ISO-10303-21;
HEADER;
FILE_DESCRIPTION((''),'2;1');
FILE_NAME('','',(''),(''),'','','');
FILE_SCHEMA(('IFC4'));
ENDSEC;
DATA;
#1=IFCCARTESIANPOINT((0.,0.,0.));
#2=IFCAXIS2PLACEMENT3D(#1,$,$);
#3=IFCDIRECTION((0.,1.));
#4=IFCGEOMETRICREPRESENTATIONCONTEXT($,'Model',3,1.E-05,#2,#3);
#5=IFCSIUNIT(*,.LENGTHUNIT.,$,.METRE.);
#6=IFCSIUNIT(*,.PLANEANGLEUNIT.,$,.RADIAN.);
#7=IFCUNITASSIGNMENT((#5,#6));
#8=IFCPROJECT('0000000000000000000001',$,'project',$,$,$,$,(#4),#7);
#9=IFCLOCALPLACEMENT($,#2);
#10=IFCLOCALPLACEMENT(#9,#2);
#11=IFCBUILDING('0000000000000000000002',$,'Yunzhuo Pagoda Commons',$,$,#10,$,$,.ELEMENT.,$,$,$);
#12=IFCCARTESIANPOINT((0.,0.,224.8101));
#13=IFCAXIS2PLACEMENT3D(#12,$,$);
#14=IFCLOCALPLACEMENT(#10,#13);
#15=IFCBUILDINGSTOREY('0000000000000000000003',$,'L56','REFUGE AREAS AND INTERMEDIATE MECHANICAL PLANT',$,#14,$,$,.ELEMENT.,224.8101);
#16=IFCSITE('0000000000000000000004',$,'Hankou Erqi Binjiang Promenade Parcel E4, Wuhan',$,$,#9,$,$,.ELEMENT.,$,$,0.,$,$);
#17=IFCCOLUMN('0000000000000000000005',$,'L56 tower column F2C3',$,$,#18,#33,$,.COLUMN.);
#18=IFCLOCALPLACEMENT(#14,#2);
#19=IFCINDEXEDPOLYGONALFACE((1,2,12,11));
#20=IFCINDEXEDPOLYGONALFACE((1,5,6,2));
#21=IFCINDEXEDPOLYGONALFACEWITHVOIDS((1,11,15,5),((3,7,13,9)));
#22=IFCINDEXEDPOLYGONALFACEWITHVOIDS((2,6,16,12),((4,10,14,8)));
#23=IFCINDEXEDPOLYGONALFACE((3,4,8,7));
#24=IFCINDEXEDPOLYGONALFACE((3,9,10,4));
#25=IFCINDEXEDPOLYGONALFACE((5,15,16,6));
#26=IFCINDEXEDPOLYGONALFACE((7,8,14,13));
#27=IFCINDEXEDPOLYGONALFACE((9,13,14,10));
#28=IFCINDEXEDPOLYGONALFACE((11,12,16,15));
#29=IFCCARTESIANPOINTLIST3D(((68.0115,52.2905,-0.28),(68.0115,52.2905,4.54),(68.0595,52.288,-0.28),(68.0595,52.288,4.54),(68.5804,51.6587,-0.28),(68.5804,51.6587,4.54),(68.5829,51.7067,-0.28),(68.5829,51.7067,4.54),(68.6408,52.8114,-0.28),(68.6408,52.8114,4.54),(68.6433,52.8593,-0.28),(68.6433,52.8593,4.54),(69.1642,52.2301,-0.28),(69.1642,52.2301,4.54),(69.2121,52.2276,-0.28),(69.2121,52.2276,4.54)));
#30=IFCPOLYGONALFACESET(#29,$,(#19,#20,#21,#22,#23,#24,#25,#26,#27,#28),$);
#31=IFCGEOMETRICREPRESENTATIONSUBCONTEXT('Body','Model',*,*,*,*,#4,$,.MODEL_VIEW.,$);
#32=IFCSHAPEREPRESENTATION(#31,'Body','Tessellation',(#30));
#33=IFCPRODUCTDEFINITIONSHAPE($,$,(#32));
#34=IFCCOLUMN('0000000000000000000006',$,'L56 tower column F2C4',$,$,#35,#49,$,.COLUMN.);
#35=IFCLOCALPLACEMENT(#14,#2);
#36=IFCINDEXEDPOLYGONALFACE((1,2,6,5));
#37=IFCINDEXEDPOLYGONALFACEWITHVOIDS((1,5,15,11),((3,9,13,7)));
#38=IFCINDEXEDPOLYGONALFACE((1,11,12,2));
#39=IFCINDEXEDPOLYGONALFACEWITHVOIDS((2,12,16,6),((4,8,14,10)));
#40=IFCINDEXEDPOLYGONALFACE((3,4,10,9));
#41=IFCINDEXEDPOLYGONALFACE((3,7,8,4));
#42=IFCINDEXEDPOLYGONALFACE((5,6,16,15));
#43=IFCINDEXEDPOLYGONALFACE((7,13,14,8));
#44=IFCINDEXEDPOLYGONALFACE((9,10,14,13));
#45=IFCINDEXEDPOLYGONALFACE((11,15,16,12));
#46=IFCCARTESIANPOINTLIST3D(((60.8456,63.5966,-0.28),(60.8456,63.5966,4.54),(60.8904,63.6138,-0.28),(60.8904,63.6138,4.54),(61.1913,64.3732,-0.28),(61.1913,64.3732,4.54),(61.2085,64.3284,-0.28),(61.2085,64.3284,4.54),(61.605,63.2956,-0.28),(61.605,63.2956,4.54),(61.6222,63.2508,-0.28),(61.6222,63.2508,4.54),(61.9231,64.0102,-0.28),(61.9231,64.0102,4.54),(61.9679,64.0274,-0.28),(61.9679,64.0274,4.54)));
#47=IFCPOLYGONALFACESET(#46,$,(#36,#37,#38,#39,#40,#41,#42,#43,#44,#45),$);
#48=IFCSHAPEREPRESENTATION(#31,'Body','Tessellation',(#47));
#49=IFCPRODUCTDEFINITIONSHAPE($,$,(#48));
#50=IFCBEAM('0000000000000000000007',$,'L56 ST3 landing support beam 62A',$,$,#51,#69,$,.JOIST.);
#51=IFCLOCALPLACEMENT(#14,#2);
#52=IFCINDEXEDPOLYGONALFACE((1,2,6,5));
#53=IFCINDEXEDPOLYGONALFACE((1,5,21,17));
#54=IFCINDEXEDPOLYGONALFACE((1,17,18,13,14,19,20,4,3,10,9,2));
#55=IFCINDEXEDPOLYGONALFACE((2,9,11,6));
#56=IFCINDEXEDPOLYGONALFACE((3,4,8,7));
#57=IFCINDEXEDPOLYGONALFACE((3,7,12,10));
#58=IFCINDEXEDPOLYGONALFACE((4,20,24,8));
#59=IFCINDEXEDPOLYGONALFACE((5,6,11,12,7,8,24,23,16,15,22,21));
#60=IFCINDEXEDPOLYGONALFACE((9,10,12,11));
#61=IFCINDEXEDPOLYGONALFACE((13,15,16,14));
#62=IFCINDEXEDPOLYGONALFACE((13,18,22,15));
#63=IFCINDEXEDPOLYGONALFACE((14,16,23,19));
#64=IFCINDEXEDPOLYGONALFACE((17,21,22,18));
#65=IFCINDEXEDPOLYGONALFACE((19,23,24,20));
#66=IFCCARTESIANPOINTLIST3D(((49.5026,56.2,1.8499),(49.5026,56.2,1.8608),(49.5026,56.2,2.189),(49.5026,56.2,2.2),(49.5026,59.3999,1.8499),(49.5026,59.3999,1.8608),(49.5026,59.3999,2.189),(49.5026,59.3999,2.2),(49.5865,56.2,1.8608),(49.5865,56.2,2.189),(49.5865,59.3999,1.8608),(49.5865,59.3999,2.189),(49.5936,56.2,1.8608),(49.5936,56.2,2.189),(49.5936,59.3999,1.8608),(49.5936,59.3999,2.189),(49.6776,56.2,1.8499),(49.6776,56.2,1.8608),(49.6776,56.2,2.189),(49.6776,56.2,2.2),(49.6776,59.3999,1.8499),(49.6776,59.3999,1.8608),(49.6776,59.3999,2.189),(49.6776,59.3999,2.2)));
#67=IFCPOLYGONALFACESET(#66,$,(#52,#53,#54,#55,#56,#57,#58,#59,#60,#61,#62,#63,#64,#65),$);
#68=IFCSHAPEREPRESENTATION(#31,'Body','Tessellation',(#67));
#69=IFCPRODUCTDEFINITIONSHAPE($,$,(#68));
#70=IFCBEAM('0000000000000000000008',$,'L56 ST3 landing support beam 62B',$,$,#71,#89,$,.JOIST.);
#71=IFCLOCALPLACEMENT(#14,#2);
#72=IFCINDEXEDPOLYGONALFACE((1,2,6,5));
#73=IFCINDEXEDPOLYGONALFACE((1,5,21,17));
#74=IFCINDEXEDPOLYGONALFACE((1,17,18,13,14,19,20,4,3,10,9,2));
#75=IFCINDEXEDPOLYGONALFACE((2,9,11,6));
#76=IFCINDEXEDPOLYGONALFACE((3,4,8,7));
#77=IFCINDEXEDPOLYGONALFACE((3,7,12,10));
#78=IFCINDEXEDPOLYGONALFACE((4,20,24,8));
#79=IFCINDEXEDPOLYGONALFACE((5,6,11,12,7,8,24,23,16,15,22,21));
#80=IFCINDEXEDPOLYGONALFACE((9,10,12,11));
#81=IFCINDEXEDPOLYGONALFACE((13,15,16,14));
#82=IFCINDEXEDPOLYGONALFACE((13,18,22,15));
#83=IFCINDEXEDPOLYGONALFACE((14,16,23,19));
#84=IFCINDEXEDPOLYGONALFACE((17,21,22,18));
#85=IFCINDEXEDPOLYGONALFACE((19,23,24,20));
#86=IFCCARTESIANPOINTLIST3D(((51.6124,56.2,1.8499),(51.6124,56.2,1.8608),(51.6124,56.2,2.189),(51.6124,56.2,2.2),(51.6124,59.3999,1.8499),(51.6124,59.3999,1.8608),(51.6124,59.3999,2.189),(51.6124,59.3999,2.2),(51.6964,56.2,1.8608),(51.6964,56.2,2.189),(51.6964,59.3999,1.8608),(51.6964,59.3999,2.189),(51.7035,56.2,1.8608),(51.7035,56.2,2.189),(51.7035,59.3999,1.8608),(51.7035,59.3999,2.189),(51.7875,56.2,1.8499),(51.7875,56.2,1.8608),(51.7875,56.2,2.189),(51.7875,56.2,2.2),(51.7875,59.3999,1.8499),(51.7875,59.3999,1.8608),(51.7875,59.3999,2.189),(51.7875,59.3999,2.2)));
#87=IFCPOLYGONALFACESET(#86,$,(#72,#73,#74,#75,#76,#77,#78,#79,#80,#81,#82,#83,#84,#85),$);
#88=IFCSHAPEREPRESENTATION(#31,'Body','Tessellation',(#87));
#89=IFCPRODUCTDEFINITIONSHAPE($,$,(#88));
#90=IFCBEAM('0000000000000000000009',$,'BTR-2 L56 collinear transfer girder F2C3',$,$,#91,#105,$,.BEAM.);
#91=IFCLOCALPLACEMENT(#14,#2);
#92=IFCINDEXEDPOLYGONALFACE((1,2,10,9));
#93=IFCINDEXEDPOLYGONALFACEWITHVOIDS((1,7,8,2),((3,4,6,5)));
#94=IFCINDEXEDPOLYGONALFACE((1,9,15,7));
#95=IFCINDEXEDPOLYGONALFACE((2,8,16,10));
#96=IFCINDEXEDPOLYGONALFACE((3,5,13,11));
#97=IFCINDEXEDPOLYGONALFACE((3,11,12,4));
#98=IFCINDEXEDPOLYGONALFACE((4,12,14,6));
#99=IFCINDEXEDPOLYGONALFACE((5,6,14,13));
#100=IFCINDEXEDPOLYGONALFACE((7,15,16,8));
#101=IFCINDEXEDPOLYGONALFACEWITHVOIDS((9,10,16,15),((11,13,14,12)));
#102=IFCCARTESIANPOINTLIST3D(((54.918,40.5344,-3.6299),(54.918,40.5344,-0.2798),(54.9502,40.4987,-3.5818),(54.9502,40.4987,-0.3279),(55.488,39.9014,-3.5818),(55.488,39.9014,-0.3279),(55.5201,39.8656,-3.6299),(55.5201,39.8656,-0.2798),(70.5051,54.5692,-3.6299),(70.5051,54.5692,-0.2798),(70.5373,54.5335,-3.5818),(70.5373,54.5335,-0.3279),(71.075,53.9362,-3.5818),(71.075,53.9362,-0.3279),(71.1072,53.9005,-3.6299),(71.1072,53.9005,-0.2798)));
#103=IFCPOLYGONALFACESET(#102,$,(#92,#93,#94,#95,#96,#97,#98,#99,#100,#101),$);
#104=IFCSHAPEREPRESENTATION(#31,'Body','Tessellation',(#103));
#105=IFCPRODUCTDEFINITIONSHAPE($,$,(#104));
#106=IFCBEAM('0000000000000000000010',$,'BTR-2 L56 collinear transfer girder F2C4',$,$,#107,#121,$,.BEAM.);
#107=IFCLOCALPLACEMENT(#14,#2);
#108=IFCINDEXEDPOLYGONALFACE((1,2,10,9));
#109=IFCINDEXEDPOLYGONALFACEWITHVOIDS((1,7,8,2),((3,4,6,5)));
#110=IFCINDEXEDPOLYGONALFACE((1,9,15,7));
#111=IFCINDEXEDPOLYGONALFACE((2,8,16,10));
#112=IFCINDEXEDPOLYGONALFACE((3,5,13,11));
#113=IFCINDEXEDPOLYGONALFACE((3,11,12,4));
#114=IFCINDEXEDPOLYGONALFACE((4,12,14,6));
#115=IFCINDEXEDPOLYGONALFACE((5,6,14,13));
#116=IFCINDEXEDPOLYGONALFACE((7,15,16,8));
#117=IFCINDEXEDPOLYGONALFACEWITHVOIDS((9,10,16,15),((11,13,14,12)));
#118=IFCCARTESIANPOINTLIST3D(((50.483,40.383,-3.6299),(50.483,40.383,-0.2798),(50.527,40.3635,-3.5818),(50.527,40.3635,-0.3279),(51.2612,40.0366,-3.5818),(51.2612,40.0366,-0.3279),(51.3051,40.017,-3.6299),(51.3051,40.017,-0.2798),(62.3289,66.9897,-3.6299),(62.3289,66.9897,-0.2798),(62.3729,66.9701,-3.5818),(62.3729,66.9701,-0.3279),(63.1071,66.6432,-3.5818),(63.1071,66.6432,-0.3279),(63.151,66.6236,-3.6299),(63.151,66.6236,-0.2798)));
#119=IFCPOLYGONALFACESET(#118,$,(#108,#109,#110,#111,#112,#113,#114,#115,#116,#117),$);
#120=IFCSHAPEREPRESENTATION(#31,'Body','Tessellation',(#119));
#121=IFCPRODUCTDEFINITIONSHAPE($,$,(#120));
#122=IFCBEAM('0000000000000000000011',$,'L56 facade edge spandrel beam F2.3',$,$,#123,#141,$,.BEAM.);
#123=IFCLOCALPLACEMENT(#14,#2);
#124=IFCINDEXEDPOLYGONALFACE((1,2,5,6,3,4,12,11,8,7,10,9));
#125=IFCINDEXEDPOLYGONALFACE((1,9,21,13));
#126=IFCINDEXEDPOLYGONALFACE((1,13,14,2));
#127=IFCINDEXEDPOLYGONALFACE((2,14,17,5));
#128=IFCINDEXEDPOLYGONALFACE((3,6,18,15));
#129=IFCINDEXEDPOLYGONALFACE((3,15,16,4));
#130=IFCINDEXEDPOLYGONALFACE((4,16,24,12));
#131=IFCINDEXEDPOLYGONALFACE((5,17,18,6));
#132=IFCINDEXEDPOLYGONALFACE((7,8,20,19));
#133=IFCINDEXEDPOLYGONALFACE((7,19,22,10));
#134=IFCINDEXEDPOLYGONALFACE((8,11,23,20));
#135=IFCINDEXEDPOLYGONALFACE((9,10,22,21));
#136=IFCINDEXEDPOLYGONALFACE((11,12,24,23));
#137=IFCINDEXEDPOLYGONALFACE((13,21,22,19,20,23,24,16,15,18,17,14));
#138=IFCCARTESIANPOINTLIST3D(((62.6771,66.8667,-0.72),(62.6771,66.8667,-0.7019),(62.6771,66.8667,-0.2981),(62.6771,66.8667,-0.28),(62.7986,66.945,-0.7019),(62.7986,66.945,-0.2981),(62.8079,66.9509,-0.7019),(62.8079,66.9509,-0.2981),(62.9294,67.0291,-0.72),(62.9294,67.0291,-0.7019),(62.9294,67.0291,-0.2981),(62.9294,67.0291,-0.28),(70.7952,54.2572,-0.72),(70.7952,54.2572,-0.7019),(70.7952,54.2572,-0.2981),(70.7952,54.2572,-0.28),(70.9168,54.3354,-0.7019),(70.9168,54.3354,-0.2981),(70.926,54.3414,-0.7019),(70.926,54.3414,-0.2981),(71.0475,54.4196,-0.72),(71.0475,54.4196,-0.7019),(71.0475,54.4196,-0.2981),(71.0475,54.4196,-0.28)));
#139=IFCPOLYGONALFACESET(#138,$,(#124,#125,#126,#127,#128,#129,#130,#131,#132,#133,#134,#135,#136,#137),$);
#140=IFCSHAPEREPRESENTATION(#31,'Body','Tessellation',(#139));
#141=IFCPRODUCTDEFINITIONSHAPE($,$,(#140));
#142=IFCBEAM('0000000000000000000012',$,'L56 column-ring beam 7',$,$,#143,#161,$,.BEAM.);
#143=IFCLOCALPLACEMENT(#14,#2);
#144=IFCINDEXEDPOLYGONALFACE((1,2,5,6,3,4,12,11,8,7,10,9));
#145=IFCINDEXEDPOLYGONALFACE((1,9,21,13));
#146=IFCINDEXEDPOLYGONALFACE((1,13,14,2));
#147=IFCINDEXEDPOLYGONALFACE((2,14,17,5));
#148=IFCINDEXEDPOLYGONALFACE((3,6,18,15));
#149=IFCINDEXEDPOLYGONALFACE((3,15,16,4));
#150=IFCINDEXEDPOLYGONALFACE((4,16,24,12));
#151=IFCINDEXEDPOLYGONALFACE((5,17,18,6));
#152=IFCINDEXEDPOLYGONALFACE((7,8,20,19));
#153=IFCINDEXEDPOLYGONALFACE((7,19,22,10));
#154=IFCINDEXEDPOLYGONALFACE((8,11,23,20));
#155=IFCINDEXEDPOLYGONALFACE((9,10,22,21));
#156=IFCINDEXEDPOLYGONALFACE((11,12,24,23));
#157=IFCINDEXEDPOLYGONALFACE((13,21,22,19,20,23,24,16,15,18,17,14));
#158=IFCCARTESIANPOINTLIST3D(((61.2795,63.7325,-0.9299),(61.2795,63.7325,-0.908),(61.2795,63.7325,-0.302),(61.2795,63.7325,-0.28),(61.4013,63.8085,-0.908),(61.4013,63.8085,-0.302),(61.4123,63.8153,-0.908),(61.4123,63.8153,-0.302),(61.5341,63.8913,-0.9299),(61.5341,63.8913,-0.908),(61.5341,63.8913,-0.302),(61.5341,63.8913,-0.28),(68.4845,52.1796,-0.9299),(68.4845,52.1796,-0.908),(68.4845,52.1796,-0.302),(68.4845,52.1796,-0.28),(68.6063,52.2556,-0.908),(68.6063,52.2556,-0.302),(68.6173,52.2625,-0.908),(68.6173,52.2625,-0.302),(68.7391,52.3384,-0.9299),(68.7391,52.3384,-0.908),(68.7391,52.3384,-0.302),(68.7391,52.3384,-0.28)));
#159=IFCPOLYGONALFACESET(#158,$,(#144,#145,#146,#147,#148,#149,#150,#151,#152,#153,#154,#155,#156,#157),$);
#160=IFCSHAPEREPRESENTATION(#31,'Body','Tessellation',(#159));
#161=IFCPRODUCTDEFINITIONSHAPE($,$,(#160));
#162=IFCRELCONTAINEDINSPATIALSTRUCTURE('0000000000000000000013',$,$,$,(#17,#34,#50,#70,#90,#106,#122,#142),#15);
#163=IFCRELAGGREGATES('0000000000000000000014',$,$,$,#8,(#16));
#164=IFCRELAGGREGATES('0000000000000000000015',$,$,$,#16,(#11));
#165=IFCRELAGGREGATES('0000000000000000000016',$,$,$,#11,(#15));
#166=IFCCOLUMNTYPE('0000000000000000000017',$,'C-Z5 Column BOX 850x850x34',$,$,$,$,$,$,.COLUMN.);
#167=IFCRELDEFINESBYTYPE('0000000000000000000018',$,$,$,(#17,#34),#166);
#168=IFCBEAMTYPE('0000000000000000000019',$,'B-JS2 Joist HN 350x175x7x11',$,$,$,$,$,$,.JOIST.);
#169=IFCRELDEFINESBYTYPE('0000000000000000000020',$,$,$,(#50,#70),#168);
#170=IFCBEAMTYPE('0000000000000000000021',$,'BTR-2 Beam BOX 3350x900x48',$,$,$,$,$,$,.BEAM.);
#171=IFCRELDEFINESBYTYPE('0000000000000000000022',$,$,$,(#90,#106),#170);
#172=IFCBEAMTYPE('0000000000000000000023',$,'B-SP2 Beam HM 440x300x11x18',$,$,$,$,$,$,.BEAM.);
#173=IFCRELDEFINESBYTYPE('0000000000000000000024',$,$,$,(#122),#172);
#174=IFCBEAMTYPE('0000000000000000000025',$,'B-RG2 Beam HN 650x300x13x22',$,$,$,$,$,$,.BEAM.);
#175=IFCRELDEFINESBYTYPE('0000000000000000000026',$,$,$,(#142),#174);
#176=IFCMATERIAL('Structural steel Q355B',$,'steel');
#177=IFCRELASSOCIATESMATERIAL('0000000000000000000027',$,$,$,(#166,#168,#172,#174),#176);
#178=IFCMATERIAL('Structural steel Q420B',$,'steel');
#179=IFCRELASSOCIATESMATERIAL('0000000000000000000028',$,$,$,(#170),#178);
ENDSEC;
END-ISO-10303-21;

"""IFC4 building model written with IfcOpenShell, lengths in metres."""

from ifc_helpers import new_model, si_unit, direction, frame, origin, origin_2d, place, context, subcontext, project, spatial, hollow_rectangle, i_section, extrude, source, transform, mapped, material, material_profile, profile_set, type_object, element, save


model = new_model("IFC4")

# Units and contexts
model_context = context("Model", 3, precision=1e-05, world=origin(), true_north=direction((0.0, 1.0)))
body_context = subcontext(model_context, "Body", "Model", "MODEL_VIEW")
ifc_project = project(units=[si_unit("LENGTHUNIT", "METRE"), si_unit("PLANEANGLEUNIT", "RADIAN")], contexts=[model_context])

# Site, building, storey
site_placement = place(None, origin())
site = spatial("IfcSite", under=ifc_project, at=site_placement, Name="Hankou Erqi Binjiang Promenade Parcel E4, Wuhan", CompositionType="ELEMENT", RefElevation=0.0)
building_placement = place(site_placement, origin())
building = spatial("IfcBuilding", under=site, at=building_placement, Name="Yunzhuo Pagoda Commons", CompositionType="ELEMENT")
storey_placement = place(building_placement, frame((0.0, 0.0, 224.8101)))
storey = spatial("IfcBuildingStorey", under=building, at=storey_placement, Name="L56", Description="REFUGE AREAS AND INTERMEDIATE MECHANICAL PLANT", CompositionType="ELEMENT", Elevation=224.8101)

# Columns
ifc_material_1 = material(Name="Structural steel Q355B", Category="steel")
ifc_material_profile_1 = material_profile(ifc_material_1, hollow_rectangle(XDim=0.8501, YDim=0.8501, WallThickness=0.0339, at=origin_2d()), Name="Structural steel Q355B")
ifc_profile_set_1 = profile_set([ifc_material_profile_1], Name="Structural steel Q355B")
column_type = type_object("IfcColumnType", Name="C-Z5 Column BOX 850x850x34", PredefinedType="COLUMN", material=ifc_profile_set_1)
shared_shape_1 = source(origin(), body_context, "Body", "SweptSolid", [
    extrude(hollow_rectangle(XDim=0.8501, YDim=0.8501, WallThickness=0.0339, at=origin_2d()), origin(), (0.0, 0.0, 1.0), 4.8201),
])
for number, where, z_axis, x_axis, name in (
    (1, (68.6118, 52.259, -0.28), (0.0, 0.0, 1.0), (-0.669131, 0.743145, 0.0), "L56 tower column F2C3"),
    (2, (61.4067, 63.812, -0.28), (0.0, 0.0, 1.0), (-0.913545, 0.406737, 0.0), "L56 tower column F2C4"),
):
    element("IfcColumn", number, at=place(storey_placement, frame(where, z_axis=z_axis, x_axis=x_axis)), inside=storey, type_object=column_type, Name=name, PredefinedType="COLUMN", context=body_context, shape_type="MappedRepresentation", body=[
        mapped(shared_shape_1, transform((0.0, 0.0, 0.0), scale=1.0)),
    ])

# Beams
ifc_material_profile_2 = material_profile(ifc_material_1, i_section(OverallWidth=0.175, OverallDepth=0.3501, WebThickness=0.0071, FlangeThickness=0.011, at=origin_2d()), Name="Structural steel Q355B")
ifc_profile_set_2 = profile_set([ifc_material_profile_2], Name="Structural steel Q355B")
beam_type_1 = type_object("IfcBeamType", Name="B-JS2 Joist HN 350x175x7x11", PredefinedType="JOIST", material=ifc_profile_set_2)
shared_shape_2 = source(origin(), body_context, "Body", "SweptSolid", [
    extrude(i_section(OverallWidth=0.175, OverallDepth=0.3501, WebThickness=0.0071, FlangeThickness=0.011, at=origin_2d()), origin(), (0.0, 0.0, 1.0), 3.2),
])
for number, where, z_axis, x_axis, name in (
    (3, (49.5901, 56.2, 2.0249), (0.0, 1.0, 0.0), (-1.0, 0.0, 0.0), "L56 ST3 landing support beam 62A"),
    (4, (51.7, 56.2, 2.0249), (0.0, 1.0, 0.0), (-1.0, 0.0, 0.0), "L56 ST3 landing support beam 62B"),
):
    element("IfcBeam", number, at=place(storey_placement, frame(where, z_axis=z_axis, x_axis=x_axis)), inside=storey, type_object=beam_type_1, Name=name, PredefinedType="JOIST", context=body_context, shape_type="MappedRepresentation", body=[
        mapped(shared_shape_2, transform((0.0, 0.0, 0.0), scale=1.0)),
    ])
ifc_material_2 = material(Name="Structural steel Q420B", Category="steel")
ifc_material_profile_3 = material_profile(ifc_material_2, hollow_rectangle(XDim=0.8999, YDim=3.3501, WallThickness=0.0481, at=origin_2d()), Name="Structural steel Q420B")
ifc_profile_set_3 = profile_set([ifc_material_profile_3], Name="Structural steel Q420B")
beam_type_2 = type_object("IfcBeamType", Name="BTR-2 Beam BOX 3350x900x48", PredefinedType="BEAM", material=ifc_profile_set_3)
shared_shape_3 = source(origin(), body_context, "Body", "SweptSolid", [
    extrude(hollow_rectangle(XDim=0.8999, YDim=3.3501, WallThickness=0.0481, at=origin_2d()), origin(), (0.0, 0.0, 1.0), 20.9746),
])
beam_1_placement = place(storey_placement, frame((70.8062, 54.2349, -1.9548), z_axis=(-0.743141, -0.669135, 0.0), x_axis=(0.669135, -0.743141, 0.0)))
element("IfcBeam", 5, at=beam_1_placement, inside=storey, type_object=beam_type_2, Name="BTR-2 L56 collinear transfer girder F2C3", PredefinedType="BEAM", context=body_context, shape_type="MappedRepresentation", body=[
    mapped(shared_shape_3, transform((0.0, 0.0, 0.0), scale=1.0)),
])
shared_shape_4 = source(origin(), body_context, "Body", "SweptSolid", [
    extrude(hollow_rectangle(XDim=0.8999, YDim=3.3501, WallThickness=0.0481, at=origin_2d()), origin(), (0.0, 0.0, 1.0), 29.1245),
])
beam_2_placement = place(storey_placement, frame((62.74, 66.8066, -1.9548), z_axis=(-0.406733, -0.913547, 0.0), x_axis=(0.913547, -0.406733, 0.0)))
element("IfcBeam", 6, at=beam_2_placement, inside=storey, type_object=beam_type_2, Name="BTR-2 L56 collinear transfer girder F2C4", PredefinedType="BEAM", context=body_context, shape_type="MappedRepresentation", body=[
    mapped(shared_shape_4, transform((0.0, 0.0, 0.0), scale=1.0)),
])
ifc_material_profile_4 = material_profile(ifc_material_1, i_section(OverallWidth=0.3, OverallDepth=0.4399, WebThickness=0.011, FlangeThickness=0.0181, at=origin_2d()), Name="Structural steel Q355B")
ifc_profile_set_4 = profile_set([ifc_material_profile_4], Name="Structural steel Q355B")
beam_type_3 = type_object("IfcBeamType", Name="B-SP2 Beam HM 440x300x11x18", PredefinedType="BEAM", material=ifc_profile_set_4)
shared_shape_5 = source(origin(), body_context, "Body", "SweptSolid", [
    extrude(i_section(OverallWidth=0.3, OverallDepth=0.4399, WebThickness=0.011, FlangeThickness=0.0181, at=origin_2d()), origin(), (0.0, 0.0, 1.0), 14.9968),
])
beam_3_placement = place(storey_placement, frame((70.9214, 54.3384, -0.5), z_axis=(-0.541323, 0.840815, 0.0), x_axis=(-0.840815, -0.541323, 0.0)))
element("IfcBeam", 7, at=beam_3_placement, inside=storey, type_object=beam_type_3, Name="L56 facade edge spandrel beam F2.3", PredefinedType="BEAM", context=body_context, shape_type="MappedRepresentation", body=[
    mapped(shared_shape_5, transform((0.0, 0.0, 0.0), scale=1.0)),
])
ifc_material_profile_5 = material_profile(ifc_material_1, i_section(OverallWidth=0.3, OverallDepth=0.6499, WebThickness=0.0129, FlangeThickness=0.022, at=origin_2d()), Name="Structural steel Q355B")
ifc_profile_set_5 = profile_set([ifc_material_profile_5], Name="Structural steel Q355B")
beam_type_4 = type_object("IfcBeamType", Name="B-RG2 Beam HN 650x300x13x22", PredefinedType="BEAM", material=ifc_profile_set_5)
shared_shape_6 = source(origin(), body_context, "Body", "SweptSolid", [
    extrude(i_section(OverallWidth=0.3, OverallDepth=0.6499, WebThickness=0.0129, FlangeThickness=0.022, at=origin_2d()), origin(), (0.0, 0.0, 1.0), 13.6155),
])
beam_4_placement = place(storey_placement, frame((68.6118, 52.259, -0.605), z_axis=(-0.529178, 0.848511, 0.0), x_axis=(-0.848511, -0.529178, 0.0)))
element("IfcBeam", 8, at=beam_4_placement, inside=storey, type_object=beam_type_4, Name="L56 column-ring beam 7", PredefinedType="BEAM", context=body_context, shape_type="MappedRepresentation", body=[
    mapped(shared_shape_6, transform((0.0, 0.0, 0.0), scale=1.0)),
])

save(model, "model.ifc")
